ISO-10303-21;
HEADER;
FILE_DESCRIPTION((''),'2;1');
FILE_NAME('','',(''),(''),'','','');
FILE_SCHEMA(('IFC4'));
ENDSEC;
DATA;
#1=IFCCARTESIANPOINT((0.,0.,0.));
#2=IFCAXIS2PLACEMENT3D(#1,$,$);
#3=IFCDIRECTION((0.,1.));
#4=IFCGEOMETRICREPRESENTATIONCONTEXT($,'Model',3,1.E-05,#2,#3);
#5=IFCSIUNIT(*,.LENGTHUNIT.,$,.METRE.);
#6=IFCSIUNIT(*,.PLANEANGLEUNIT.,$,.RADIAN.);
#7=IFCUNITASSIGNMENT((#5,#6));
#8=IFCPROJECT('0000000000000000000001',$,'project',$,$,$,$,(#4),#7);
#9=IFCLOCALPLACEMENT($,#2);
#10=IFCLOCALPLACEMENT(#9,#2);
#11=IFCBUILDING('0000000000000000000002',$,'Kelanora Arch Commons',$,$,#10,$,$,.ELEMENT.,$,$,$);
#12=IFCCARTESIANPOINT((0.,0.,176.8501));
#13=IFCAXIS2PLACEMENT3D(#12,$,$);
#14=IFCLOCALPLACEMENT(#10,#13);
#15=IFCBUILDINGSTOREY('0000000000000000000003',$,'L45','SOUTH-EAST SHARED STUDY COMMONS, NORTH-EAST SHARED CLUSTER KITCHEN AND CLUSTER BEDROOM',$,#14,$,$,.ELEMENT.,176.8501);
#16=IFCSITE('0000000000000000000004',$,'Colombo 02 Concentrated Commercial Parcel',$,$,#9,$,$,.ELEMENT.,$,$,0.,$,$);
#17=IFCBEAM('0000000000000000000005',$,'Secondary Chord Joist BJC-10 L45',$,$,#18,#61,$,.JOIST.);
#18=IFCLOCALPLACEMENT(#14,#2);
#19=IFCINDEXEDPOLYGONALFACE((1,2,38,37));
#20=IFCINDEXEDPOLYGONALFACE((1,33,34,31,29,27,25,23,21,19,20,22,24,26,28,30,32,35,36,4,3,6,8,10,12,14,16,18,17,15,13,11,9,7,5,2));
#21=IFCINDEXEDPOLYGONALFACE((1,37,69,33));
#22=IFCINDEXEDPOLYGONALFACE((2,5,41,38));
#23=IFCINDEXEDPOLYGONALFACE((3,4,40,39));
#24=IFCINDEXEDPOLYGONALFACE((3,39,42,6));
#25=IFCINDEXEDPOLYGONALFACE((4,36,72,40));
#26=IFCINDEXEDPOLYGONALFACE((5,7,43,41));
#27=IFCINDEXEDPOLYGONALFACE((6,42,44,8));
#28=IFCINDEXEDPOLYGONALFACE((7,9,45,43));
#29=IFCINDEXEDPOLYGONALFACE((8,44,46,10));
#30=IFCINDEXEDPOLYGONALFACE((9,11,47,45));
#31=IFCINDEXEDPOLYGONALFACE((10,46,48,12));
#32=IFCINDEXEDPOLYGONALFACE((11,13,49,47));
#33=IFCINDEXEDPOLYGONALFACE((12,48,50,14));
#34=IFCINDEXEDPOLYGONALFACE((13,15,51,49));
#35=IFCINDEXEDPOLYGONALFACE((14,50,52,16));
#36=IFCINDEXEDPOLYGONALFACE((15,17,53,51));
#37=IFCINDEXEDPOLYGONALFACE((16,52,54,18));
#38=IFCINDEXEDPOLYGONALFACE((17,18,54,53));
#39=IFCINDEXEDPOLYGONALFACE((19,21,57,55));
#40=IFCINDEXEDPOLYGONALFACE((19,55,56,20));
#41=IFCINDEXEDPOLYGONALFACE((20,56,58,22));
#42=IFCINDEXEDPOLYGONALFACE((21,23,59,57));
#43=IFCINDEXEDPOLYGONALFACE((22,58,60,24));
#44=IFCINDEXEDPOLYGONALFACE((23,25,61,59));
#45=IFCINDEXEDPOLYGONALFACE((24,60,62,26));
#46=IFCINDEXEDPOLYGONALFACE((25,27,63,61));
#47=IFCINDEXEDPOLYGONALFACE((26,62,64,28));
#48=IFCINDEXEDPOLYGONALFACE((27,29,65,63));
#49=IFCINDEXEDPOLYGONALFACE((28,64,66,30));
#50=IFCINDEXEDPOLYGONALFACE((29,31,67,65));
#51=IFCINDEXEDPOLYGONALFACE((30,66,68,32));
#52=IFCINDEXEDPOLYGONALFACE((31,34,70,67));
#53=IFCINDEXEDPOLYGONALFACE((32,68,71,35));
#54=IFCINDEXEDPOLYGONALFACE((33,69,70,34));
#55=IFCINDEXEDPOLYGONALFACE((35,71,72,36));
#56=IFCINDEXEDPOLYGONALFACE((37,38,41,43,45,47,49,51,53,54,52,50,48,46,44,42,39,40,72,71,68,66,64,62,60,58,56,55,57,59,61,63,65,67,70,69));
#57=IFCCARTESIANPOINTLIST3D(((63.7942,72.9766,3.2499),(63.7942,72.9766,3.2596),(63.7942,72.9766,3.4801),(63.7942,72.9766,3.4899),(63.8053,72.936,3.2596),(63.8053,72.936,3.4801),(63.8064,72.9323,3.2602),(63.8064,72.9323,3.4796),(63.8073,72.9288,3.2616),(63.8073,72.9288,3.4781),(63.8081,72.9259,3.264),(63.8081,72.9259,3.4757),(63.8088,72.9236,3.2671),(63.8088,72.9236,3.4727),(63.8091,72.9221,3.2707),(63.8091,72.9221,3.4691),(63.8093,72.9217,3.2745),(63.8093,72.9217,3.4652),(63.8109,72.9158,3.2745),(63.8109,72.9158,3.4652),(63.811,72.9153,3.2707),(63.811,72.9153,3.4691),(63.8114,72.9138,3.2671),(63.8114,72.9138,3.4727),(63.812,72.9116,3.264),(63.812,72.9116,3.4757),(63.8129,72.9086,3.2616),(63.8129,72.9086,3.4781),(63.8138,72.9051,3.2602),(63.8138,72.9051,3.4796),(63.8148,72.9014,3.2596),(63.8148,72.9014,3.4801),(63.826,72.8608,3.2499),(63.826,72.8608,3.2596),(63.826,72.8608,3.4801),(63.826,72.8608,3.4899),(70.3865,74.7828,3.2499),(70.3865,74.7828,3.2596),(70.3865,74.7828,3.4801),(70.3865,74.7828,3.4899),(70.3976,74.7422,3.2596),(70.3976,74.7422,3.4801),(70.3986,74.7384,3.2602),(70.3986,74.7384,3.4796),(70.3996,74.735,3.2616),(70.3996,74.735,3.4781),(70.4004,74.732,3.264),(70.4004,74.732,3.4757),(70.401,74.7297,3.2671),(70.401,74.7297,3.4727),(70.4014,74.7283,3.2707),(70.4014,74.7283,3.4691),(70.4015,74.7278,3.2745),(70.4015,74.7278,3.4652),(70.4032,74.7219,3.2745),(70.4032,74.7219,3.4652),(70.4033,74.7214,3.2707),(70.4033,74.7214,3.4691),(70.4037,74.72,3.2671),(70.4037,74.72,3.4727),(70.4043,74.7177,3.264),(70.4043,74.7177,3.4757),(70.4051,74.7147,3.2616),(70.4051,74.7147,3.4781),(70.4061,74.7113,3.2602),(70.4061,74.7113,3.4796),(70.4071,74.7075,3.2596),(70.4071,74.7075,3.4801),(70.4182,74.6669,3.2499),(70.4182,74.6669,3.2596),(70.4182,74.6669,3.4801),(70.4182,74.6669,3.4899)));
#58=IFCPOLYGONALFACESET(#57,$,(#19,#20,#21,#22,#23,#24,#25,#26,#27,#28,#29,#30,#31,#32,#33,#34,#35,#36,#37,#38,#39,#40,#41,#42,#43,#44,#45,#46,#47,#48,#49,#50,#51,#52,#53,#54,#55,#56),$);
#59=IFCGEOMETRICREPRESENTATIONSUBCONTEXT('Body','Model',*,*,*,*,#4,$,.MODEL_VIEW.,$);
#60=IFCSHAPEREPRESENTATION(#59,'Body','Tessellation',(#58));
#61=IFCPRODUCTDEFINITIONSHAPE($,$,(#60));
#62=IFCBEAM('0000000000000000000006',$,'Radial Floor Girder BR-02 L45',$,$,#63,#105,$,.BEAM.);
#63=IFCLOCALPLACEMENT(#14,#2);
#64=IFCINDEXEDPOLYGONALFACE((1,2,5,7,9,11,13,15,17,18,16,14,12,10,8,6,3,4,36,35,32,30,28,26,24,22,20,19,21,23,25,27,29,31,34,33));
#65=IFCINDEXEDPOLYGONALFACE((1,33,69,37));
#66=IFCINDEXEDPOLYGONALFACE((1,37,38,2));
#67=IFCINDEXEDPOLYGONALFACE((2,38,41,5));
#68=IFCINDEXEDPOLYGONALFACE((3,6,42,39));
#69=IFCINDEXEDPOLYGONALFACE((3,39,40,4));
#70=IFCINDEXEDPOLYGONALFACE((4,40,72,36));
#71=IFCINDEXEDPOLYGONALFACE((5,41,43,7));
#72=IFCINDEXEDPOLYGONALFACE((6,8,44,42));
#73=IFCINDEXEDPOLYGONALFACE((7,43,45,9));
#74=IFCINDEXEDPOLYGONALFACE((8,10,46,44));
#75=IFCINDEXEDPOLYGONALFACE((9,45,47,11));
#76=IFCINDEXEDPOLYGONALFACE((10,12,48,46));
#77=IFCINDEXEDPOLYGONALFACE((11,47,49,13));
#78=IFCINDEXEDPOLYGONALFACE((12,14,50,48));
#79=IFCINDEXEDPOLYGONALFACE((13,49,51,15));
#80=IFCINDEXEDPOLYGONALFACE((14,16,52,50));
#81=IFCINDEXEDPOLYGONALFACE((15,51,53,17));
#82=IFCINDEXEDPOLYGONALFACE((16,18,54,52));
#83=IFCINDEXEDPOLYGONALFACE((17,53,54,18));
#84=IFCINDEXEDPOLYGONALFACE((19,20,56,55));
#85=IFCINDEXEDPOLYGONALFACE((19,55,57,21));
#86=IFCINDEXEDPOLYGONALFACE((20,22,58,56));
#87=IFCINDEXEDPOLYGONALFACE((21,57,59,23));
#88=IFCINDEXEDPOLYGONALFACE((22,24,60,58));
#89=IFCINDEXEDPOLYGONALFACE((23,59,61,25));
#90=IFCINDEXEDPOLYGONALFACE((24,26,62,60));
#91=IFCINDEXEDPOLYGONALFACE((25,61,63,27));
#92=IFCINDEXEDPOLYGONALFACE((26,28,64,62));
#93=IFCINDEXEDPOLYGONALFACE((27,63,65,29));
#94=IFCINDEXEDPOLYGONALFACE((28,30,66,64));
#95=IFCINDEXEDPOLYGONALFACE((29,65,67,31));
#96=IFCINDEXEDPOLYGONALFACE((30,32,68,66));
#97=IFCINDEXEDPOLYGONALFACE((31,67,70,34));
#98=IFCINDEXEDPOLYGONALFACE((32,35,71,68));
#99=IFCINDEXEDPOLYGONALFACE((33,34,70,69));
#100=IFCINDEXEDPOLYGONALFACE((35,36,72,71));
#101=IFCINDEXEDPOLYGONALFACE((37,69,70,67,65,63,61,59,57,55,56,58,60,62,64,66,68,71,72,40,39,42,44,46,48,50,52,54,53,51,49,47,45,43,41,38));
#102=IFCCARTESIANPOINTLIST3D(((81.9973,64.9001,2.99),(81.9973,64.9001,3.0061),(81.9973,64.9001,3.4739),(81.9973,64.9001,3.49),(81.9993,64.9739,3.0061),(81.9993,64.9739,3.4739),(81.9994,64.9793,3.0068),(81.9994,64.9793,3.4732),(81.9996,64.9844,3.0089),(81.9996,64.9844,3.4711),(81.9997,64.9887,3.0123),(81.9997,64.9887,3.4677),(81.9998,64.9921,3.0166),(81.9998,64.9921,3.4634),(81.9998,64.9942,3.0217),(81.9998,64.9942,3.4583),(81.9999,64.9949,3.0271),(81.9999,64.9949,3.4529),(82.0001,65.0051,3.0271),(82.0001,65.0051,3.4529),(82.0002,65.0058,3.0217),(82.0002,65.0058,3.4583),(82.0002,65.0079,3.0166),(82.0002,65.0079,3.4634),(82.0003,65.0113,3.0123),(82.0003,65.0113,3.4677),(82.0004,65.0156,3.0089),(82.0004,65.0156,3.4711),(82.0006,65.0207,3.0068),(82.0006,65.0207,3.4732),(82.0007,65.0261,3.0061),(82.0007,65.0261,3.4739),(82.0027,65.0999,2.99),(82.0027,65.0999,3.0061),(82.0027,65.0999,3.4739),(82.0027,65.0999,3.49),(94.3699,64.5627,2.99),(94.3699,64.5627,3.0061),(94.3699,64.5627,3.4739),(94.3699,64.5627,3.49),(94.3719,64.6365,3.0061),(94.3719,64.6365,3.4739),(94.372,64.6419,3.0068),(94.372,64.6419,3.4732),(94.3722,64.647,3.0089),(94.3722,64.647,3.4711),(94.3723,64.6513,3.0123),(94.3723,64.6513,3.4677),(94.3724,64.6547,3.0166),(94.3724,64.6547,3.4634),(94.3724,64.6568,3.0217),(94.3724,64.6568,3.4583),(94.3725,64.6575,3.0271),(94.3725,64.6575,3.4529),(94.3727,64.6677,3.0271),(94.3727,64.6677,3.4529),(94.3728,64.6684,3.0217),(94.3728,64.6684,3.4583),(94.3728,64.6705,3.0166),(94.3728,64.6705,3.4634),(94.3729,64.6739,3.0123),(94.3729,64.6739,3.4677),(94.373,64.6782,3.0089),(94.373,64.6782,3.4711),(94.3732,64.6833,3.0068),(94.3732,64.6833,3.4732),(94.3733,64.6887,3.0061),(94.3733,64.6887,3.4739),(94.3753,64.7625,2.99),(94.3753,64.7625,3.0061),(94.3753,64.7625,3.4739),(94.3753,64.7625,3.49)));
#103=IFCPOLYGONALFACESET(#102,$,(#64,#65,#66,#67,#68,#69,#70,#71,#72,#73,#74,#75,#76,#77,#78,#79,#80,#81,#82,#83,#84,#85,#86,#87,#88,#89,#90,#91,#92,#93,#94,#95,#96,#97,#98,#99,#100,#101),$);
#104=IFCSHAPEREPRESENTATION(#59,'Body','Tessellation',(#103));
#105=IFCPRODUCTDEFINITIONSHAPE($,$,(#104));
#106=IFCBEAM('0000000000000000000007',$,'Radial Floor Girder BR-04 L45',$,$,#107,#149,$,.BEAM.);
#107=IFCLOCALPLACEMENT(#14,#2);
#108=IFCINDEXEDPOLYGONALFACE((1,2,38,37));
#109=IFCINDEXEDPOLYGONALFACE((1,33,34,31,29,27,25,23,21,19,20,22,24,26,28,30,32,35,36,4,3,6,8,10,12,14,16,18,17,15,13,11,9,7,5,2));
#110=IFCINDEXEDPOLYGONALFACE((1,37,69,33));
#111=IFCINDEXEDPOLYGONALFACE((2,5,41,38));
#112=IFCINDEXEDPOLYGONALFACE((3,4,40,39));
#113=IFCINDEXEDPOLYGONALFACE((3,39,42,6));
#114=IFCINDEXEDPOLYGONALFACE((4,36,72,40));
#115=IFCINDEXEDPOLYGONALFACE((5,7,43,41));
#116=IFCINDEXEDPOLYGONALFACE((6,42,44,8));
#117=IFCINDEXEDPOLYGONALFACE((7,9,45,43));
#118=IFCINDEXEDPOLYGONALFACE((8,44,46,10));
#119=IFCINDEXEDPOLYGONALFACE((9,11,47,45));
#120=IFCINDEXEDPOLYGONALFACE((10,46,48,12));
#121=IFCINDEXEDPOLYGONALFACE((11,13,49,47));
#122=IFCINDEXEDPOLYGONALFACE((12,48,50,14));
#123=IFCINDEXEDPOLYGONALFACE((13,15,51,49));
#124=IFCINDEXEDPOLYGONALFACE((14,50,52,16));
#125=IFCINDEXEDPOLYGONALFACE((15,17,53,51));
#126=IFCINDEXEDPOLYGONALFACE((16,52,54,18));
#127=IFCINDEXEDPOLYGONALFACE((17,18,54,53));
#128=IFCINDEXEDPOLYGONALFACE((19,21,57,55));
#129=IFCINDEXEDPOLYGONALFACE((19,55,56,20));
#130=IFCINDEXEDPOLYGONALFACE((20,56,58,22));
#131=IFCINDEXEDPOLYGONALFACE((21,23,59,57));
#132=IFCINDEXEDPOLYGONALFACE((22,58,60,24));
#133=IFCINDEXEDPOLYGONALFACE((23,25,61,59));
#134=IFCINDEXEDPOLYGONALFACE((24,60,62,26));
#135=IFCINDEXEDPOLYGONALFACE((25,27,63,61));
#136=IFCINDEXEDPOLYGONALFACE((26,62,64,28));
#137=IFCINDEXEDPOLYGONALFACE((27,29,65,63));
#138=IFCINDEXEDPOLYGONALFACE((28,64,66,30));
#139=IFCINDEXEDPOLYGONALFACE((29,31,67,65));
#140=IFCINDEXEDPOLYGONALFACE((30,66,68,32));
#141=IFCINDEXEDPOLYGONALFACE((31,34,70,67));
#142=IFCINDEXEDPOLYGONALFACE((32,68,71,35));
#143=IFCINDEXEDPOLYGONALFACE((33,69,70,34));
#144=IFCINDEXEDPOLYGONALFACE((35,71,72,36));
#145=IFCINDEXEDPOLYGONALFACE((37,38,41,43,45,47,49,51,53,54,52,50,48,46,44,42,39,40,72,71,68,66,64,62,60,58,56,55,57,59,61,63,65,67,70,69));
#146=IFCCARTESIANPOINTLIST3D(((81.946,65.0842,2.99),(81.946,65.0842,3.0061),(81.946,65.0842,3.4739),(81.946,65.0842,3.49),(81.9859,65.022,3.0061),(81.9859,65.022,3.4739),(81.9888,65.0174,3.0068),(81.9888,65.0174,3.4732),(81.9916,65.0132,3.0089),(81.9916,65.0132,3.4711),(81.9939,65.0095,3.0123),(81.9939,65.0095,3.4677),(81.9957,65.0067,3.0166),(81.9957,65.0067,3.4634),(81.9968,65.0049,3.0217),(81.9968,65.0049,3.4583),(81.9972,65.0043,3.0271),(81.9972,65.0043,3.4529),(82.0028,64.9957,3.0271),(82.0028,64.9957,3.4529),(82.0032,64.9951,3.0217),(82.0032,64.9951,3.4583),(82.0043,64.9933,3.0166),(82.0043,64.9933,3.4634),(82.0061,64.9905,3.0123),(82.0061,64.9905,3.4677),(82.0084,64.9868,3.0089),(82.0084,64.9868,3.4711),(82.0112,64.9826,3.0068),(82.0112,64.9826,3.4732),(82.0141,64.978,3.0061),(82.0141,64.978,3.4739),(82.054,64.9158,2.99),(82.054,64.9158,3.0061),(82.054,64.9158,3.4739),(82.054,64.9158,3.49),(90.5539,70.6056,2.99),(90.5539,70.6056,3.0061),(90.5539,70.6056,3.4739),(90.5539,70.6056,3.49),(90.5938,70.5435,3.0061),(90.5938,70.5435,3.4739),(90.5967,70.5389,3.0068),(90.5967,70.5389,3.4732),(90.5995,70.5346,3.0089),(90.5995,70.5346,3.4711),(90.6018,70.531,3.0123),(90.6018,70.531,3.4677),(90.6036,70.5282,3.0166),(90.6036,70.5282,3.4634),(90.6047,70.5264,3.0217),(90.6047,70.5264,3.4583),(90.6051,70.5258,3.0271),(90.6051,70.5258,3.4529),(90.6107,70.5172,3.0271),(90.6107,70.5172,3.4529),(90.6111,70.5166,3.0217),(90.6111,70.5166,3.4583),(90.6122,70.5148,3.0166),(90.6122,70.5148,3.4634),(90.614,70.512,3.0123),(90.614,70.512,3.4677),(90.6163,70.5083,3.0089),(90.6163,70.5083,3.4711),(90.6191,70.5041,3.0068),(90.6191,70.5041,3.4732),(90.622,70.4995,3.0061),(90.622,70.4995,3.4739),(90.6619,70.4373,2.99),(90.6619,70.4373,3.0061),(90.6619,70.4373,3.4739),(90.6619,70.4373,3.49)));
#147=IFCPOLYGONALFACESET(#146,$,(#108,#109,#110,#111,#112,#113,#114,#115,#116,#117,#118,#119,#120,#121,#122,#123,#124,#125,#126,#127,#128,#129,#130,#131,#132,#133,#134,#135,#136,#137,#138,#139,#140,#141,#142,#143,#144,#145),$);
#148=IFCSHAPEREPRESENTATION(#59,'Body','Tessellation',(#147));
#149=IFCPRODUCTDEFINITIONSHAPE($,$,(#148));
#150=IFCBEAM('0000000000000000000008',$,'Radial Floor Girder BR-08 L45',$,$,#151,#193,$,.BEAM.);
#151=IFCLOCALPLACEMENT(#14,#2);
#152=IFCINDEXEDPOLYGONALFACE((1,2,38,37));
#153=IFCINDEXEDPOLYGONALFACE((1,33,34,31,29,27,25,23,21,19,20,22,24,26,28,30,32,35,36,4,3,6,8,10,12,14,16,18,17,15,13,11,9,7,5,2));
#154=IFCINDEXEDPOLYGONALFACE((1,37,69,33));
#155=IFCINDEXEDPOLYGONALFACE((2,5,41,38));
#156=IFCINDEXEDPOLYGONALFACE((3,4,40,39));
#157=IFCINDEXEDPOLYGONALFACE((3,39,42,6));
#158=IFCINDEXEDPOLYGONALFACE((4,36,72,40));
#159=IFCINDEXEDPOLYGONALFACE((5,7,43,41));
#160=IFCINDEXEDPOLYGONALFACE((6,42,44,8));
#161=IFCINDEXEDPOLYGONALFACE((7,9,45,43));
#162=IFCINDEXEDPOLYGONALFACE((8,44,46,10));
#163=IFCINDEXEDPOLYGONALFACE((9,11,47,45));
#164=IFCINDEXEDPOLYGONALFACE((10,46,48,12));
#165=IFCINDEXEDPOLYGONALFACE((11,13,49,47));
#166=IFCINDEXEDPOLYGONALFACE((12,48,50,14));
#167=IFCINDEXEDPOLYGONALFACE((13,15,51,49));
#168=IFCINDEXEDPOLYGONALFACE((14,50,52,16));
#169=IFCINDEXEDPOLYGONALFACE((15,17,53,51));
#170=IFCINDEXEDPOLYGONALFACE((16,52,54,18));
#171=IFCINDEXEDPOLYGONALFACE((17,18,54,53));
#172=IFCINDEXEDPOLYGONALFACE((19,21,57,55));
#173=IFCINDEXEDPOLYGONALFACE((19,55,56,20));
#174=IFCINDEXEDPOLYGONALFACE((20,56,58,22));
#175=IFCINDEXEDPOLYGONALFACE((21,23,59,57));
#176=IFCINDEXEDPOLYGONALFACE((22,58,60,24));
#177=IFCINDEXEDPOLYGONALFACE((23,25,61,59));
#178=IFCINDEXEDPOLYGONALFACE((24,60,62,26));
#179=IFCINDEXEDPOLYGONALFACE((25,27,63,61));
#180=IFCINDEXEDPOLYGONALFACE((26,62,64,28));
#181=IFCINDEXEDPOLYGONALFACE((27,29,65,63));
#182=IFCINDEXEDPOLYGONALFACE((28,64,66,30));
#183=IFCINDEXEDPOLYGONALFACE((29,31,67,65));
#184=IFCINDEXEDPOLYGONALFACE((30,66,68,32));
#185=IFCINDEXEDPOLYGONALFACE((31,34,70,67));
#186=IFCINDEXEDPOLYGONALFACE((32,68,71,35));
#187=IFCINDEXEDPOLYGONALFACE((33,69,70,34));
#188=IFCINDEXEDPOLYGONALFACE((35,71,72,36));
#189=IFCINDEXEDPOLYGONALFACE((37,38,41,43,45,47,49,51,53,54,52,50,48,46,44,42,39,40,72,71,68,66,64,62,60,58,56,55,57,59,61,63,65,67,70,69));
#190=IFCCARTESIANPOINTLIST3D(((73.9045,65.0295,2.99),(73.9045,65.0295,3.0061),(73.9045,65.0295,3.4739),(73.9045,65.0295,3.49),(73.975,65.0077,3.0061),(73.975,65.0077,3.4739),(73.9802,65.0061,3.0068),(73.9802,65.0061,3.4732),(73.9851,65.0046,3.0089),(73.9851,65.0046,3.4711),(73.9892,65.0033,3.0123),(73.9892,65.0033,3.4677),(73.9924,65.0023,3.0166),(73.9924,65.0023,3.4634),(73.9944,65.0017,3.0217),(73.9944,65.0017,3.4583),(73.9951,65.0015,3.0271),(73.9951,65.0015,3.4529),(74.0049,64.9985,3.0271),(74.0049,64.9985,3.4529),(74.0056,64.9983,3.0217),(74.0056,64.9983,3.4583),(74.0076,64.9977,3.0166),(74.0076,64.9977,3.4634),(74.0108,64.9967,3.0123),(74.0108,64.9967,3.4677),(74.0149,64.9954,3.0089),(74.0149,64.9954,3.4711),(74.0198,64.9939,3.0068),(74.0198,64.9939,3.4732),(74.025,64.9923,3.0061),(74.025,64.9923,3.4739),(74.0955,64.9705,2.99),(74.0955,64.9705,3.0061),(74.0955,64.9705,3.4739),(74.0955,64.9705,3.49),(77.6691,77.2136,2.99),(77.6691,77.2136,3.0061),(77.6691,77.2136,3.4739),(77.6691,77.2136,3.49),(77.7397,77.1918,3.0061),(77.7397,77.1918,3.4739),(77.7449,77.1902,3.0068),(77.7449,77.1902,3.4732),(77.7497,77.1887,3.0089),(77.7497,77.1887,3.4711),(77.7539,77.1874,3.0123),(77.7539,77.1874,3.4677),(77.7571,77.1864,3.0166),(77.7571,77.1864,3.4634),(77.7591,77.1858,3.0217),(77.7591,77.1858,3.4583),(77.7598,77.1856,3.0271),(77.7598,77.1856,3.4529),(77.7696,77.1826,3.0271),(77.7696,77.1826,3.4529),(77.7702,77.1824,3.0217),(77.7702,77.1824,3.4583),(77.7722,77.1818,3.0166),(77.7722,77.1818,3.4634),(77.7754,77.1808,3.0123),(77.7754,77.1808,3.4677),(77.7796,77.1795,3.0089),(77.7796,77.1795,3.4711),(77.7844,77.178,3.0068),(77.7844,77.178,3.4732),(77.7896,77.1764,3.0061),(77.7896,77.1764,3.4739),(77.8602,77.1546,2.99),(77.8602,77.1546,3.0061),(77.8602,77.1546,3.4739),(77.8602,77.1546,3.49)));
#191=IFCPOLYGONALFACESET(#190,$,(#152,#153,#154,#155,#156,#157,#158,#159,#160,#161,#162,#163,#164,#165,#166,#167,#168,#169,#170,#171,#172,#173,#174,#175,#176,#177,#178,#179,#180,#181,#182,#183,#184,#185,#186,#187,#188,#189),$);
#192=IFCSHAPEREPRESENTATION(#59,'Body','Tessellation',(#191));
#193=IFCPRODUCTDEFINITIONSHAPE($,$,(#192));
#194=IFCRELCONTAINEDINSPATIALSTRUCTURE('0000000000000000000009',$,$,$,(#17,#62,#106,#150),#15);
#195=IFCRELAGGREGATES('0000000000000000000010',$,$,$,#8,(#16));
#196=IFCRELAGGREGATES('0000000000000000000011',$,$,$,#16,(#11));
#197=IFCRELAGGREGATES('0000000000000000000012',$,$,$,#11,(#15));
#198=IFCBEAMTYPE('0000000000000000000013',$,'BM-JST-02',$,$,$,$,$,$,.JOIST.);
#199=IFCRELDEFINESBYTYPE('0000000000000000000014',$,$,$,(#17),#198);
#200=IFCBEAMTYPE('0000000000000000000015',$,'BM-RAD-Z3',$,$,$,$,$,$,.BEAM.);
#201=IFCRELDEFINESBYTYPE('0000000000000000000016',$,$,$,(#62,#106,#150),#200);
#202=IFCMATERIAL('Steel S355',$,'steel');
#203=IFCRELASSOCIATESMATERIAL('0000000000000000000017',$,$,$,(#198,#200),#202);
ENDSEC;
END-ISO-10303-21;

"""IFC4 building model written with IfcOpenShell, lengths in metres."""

from ifc_helpers import new_model, si_unit, direction, frame, origin, origin_2d, place, context, subcontext, project, spatial, i_section, extrude, material, material_profile, profile_set, type_object, element, save


model = new_model("IFC4")

# Units and contexts
model_context = context("Model", 3, precision=1e-05, world=origin(), true_north=direction((0.0, 1.0)))
body_context = subcontext(model_context, "Body", "Model", "MODEL_VIEW")
ifc_project = project(units=[si_unit("LENGTHUNIT", "METRE"), si_unit("PLANEANGLEUNIT", "RADIAN")], contexts=[model_context])

# Site, building, storey
site_placement = place(None, origin())
site = spatial("IfcSite", under=ifc_project, at=site_placement, Name="Colombo 02 Concentrated Commercial Parcel", CompositionType="ELEMENT", RefElevation=0.0)
building_placement = place(site_placement, origin())
building = spatial("IfcBuilding", under=site, at=building_placement, Name="Kelanora Arch Commons", CompositionType="ELEMENT")
storey_placement = place(building_placement, frame((0.0, 0.0, 176.8501)))
storey = spatial("IfcBuildingStorey", under=building, at=storey_placement, Name="L45", Description="SOUTH-EAST SHARED STUDY COMMONS, NORTH-EAST SHARED CLUSTER KITCHEN AND CLUSTER BEDROOM", CompositionType="ELEMENT", Elevation=176.8501)

# Beams
ifc_material_1 = material(Name="Steel S355", Category="steel")
ifc_material_profile_1 = material_profile(ifc_material_1, i_section(OverallWidth=0.1201, OverallDepth=0.24, WebThickness=0.0061, FlangeThickness=0.0098, FilletRadius=0.0149, at=origin_2d()), Name="IPE240")
ifc_profile_set_1 = profile_set([ifc_material_profile_1], Name="Steel S355")
beam_type_1 = type_object("IfcBeamType", Name="BM-JST-02", PredefinedType="JOIST", material=ifc_profile_set_1)
beam_1_placement = place(storey_placement, frame((70.4023, 74.7249, 3.3699), z_axis=(-0.964457, -0.264242, 0.0), x_axis=(0.264242, -0.964457, 0.0)))
element("IfcBeam", 1, at=beam_1_placement, inside=storey, type_object=beam_type_1, Name="Secondary Chord Joist BJC-10 L45", PredefinedType="JOIST", context=body_context, shape_type="SweptSolid", body=[
    extrude(i_section(OverallWidth=0.1201, OverallDepth=0.24, WebThickness=0.0061, FlangeThickness=0.0098, FilletRadius=0.0149, at=origin_2d()), origin(), (0.0, 0.0, 1.0), 6.8352),
])
ifc_material_profile_2 = material_profile(ifc_material_1, i_section(OverallWidth=0.2, OverallDepth=0.5, WebThickness=0.0103, FlangeThickness=0.0161, FilletRadius=0.021, at=origin_2d()), Name="IPE500")
ifc_profile_set_2 = profile_set([ifc_material_profile_2], Name="Steel S355")
beam_type_2 = type_object("IfcBeamType", Name="BM-RAD-Z3", PredefinedType="BEAM", material=ifc_profile_set_2)
beam_2_placement = place(storey_placement, frame((82.0, 65.0, 3.24), z_axis=(0.999628, -0.02726, 0.0), x_axis=(0.02726, 0.999628, 0.0)))
element("IfcBeam", 2, at=beam_2_placement, inside=storey, type_object=beam_type_2, Name="Radial Floor Girder BR-02 L45", PredefinedType="BEAM", context=body_context, shape_type="SweptSolid", body=[
    extrude(i_section(OverallWidth=0.2, OverallDepth=0.5, WebThickness=0.0103, FlangeThickness=0.0161, FilletRadius=0.021, at=origin_2d()), origin(), (0.0, 0.0, 1.0), 12.3772),
])
beam_3_placement = place(storey_placement, frame((82.0, 65.0, 3.24), z_axis=(0.841719, 0.539915, 0.0), x_axis=(-0.539915, 0.841719, 0.0)))
element("IfcBeam", 3, at=beam_3_placement, inside=storey, type_object=beam_type_2, Name="Radial Floor Girder BR-04 L45", PredefinedType="BEAM", context=body_context, shape_type="SweptSolid", body=[
    extrude(i_section(OverallWidth=0.2, OverallDepth=0.5, WebThickness=0.0103, FlangeThickness=0.0161, FilletRadius=0.021, at=origin_2d()), origin(), (0.0, 0.0, 1.0), 10.2266),
])
beam_4_placement = place(storey_placement, frame((74.0, 65.0, 3.24), z_axis=(0.29521, 0.955432, 0.0), x_axis=(-0.955432, 0.29521, 0.0)))
element("IfcBeam", 4, at=beam_4_placement, inside=storey, type_object=beam_type_2, Name="Radial Floor Girder BR-08 L45", PredefinedType="BEAM", context=body_context, shape_type="SweptSolid", body=[
    extrude(i_section(OverallWidth=0.2, OverallDepth=0.5, WebThickness=0.0103, FlangeThickness=0.0161, FilletRadius=0.021, at=origin_2d()), origin(), (0.0, 0.0, 1.0), 12.7524),
])

save(model, "model.ifc")
